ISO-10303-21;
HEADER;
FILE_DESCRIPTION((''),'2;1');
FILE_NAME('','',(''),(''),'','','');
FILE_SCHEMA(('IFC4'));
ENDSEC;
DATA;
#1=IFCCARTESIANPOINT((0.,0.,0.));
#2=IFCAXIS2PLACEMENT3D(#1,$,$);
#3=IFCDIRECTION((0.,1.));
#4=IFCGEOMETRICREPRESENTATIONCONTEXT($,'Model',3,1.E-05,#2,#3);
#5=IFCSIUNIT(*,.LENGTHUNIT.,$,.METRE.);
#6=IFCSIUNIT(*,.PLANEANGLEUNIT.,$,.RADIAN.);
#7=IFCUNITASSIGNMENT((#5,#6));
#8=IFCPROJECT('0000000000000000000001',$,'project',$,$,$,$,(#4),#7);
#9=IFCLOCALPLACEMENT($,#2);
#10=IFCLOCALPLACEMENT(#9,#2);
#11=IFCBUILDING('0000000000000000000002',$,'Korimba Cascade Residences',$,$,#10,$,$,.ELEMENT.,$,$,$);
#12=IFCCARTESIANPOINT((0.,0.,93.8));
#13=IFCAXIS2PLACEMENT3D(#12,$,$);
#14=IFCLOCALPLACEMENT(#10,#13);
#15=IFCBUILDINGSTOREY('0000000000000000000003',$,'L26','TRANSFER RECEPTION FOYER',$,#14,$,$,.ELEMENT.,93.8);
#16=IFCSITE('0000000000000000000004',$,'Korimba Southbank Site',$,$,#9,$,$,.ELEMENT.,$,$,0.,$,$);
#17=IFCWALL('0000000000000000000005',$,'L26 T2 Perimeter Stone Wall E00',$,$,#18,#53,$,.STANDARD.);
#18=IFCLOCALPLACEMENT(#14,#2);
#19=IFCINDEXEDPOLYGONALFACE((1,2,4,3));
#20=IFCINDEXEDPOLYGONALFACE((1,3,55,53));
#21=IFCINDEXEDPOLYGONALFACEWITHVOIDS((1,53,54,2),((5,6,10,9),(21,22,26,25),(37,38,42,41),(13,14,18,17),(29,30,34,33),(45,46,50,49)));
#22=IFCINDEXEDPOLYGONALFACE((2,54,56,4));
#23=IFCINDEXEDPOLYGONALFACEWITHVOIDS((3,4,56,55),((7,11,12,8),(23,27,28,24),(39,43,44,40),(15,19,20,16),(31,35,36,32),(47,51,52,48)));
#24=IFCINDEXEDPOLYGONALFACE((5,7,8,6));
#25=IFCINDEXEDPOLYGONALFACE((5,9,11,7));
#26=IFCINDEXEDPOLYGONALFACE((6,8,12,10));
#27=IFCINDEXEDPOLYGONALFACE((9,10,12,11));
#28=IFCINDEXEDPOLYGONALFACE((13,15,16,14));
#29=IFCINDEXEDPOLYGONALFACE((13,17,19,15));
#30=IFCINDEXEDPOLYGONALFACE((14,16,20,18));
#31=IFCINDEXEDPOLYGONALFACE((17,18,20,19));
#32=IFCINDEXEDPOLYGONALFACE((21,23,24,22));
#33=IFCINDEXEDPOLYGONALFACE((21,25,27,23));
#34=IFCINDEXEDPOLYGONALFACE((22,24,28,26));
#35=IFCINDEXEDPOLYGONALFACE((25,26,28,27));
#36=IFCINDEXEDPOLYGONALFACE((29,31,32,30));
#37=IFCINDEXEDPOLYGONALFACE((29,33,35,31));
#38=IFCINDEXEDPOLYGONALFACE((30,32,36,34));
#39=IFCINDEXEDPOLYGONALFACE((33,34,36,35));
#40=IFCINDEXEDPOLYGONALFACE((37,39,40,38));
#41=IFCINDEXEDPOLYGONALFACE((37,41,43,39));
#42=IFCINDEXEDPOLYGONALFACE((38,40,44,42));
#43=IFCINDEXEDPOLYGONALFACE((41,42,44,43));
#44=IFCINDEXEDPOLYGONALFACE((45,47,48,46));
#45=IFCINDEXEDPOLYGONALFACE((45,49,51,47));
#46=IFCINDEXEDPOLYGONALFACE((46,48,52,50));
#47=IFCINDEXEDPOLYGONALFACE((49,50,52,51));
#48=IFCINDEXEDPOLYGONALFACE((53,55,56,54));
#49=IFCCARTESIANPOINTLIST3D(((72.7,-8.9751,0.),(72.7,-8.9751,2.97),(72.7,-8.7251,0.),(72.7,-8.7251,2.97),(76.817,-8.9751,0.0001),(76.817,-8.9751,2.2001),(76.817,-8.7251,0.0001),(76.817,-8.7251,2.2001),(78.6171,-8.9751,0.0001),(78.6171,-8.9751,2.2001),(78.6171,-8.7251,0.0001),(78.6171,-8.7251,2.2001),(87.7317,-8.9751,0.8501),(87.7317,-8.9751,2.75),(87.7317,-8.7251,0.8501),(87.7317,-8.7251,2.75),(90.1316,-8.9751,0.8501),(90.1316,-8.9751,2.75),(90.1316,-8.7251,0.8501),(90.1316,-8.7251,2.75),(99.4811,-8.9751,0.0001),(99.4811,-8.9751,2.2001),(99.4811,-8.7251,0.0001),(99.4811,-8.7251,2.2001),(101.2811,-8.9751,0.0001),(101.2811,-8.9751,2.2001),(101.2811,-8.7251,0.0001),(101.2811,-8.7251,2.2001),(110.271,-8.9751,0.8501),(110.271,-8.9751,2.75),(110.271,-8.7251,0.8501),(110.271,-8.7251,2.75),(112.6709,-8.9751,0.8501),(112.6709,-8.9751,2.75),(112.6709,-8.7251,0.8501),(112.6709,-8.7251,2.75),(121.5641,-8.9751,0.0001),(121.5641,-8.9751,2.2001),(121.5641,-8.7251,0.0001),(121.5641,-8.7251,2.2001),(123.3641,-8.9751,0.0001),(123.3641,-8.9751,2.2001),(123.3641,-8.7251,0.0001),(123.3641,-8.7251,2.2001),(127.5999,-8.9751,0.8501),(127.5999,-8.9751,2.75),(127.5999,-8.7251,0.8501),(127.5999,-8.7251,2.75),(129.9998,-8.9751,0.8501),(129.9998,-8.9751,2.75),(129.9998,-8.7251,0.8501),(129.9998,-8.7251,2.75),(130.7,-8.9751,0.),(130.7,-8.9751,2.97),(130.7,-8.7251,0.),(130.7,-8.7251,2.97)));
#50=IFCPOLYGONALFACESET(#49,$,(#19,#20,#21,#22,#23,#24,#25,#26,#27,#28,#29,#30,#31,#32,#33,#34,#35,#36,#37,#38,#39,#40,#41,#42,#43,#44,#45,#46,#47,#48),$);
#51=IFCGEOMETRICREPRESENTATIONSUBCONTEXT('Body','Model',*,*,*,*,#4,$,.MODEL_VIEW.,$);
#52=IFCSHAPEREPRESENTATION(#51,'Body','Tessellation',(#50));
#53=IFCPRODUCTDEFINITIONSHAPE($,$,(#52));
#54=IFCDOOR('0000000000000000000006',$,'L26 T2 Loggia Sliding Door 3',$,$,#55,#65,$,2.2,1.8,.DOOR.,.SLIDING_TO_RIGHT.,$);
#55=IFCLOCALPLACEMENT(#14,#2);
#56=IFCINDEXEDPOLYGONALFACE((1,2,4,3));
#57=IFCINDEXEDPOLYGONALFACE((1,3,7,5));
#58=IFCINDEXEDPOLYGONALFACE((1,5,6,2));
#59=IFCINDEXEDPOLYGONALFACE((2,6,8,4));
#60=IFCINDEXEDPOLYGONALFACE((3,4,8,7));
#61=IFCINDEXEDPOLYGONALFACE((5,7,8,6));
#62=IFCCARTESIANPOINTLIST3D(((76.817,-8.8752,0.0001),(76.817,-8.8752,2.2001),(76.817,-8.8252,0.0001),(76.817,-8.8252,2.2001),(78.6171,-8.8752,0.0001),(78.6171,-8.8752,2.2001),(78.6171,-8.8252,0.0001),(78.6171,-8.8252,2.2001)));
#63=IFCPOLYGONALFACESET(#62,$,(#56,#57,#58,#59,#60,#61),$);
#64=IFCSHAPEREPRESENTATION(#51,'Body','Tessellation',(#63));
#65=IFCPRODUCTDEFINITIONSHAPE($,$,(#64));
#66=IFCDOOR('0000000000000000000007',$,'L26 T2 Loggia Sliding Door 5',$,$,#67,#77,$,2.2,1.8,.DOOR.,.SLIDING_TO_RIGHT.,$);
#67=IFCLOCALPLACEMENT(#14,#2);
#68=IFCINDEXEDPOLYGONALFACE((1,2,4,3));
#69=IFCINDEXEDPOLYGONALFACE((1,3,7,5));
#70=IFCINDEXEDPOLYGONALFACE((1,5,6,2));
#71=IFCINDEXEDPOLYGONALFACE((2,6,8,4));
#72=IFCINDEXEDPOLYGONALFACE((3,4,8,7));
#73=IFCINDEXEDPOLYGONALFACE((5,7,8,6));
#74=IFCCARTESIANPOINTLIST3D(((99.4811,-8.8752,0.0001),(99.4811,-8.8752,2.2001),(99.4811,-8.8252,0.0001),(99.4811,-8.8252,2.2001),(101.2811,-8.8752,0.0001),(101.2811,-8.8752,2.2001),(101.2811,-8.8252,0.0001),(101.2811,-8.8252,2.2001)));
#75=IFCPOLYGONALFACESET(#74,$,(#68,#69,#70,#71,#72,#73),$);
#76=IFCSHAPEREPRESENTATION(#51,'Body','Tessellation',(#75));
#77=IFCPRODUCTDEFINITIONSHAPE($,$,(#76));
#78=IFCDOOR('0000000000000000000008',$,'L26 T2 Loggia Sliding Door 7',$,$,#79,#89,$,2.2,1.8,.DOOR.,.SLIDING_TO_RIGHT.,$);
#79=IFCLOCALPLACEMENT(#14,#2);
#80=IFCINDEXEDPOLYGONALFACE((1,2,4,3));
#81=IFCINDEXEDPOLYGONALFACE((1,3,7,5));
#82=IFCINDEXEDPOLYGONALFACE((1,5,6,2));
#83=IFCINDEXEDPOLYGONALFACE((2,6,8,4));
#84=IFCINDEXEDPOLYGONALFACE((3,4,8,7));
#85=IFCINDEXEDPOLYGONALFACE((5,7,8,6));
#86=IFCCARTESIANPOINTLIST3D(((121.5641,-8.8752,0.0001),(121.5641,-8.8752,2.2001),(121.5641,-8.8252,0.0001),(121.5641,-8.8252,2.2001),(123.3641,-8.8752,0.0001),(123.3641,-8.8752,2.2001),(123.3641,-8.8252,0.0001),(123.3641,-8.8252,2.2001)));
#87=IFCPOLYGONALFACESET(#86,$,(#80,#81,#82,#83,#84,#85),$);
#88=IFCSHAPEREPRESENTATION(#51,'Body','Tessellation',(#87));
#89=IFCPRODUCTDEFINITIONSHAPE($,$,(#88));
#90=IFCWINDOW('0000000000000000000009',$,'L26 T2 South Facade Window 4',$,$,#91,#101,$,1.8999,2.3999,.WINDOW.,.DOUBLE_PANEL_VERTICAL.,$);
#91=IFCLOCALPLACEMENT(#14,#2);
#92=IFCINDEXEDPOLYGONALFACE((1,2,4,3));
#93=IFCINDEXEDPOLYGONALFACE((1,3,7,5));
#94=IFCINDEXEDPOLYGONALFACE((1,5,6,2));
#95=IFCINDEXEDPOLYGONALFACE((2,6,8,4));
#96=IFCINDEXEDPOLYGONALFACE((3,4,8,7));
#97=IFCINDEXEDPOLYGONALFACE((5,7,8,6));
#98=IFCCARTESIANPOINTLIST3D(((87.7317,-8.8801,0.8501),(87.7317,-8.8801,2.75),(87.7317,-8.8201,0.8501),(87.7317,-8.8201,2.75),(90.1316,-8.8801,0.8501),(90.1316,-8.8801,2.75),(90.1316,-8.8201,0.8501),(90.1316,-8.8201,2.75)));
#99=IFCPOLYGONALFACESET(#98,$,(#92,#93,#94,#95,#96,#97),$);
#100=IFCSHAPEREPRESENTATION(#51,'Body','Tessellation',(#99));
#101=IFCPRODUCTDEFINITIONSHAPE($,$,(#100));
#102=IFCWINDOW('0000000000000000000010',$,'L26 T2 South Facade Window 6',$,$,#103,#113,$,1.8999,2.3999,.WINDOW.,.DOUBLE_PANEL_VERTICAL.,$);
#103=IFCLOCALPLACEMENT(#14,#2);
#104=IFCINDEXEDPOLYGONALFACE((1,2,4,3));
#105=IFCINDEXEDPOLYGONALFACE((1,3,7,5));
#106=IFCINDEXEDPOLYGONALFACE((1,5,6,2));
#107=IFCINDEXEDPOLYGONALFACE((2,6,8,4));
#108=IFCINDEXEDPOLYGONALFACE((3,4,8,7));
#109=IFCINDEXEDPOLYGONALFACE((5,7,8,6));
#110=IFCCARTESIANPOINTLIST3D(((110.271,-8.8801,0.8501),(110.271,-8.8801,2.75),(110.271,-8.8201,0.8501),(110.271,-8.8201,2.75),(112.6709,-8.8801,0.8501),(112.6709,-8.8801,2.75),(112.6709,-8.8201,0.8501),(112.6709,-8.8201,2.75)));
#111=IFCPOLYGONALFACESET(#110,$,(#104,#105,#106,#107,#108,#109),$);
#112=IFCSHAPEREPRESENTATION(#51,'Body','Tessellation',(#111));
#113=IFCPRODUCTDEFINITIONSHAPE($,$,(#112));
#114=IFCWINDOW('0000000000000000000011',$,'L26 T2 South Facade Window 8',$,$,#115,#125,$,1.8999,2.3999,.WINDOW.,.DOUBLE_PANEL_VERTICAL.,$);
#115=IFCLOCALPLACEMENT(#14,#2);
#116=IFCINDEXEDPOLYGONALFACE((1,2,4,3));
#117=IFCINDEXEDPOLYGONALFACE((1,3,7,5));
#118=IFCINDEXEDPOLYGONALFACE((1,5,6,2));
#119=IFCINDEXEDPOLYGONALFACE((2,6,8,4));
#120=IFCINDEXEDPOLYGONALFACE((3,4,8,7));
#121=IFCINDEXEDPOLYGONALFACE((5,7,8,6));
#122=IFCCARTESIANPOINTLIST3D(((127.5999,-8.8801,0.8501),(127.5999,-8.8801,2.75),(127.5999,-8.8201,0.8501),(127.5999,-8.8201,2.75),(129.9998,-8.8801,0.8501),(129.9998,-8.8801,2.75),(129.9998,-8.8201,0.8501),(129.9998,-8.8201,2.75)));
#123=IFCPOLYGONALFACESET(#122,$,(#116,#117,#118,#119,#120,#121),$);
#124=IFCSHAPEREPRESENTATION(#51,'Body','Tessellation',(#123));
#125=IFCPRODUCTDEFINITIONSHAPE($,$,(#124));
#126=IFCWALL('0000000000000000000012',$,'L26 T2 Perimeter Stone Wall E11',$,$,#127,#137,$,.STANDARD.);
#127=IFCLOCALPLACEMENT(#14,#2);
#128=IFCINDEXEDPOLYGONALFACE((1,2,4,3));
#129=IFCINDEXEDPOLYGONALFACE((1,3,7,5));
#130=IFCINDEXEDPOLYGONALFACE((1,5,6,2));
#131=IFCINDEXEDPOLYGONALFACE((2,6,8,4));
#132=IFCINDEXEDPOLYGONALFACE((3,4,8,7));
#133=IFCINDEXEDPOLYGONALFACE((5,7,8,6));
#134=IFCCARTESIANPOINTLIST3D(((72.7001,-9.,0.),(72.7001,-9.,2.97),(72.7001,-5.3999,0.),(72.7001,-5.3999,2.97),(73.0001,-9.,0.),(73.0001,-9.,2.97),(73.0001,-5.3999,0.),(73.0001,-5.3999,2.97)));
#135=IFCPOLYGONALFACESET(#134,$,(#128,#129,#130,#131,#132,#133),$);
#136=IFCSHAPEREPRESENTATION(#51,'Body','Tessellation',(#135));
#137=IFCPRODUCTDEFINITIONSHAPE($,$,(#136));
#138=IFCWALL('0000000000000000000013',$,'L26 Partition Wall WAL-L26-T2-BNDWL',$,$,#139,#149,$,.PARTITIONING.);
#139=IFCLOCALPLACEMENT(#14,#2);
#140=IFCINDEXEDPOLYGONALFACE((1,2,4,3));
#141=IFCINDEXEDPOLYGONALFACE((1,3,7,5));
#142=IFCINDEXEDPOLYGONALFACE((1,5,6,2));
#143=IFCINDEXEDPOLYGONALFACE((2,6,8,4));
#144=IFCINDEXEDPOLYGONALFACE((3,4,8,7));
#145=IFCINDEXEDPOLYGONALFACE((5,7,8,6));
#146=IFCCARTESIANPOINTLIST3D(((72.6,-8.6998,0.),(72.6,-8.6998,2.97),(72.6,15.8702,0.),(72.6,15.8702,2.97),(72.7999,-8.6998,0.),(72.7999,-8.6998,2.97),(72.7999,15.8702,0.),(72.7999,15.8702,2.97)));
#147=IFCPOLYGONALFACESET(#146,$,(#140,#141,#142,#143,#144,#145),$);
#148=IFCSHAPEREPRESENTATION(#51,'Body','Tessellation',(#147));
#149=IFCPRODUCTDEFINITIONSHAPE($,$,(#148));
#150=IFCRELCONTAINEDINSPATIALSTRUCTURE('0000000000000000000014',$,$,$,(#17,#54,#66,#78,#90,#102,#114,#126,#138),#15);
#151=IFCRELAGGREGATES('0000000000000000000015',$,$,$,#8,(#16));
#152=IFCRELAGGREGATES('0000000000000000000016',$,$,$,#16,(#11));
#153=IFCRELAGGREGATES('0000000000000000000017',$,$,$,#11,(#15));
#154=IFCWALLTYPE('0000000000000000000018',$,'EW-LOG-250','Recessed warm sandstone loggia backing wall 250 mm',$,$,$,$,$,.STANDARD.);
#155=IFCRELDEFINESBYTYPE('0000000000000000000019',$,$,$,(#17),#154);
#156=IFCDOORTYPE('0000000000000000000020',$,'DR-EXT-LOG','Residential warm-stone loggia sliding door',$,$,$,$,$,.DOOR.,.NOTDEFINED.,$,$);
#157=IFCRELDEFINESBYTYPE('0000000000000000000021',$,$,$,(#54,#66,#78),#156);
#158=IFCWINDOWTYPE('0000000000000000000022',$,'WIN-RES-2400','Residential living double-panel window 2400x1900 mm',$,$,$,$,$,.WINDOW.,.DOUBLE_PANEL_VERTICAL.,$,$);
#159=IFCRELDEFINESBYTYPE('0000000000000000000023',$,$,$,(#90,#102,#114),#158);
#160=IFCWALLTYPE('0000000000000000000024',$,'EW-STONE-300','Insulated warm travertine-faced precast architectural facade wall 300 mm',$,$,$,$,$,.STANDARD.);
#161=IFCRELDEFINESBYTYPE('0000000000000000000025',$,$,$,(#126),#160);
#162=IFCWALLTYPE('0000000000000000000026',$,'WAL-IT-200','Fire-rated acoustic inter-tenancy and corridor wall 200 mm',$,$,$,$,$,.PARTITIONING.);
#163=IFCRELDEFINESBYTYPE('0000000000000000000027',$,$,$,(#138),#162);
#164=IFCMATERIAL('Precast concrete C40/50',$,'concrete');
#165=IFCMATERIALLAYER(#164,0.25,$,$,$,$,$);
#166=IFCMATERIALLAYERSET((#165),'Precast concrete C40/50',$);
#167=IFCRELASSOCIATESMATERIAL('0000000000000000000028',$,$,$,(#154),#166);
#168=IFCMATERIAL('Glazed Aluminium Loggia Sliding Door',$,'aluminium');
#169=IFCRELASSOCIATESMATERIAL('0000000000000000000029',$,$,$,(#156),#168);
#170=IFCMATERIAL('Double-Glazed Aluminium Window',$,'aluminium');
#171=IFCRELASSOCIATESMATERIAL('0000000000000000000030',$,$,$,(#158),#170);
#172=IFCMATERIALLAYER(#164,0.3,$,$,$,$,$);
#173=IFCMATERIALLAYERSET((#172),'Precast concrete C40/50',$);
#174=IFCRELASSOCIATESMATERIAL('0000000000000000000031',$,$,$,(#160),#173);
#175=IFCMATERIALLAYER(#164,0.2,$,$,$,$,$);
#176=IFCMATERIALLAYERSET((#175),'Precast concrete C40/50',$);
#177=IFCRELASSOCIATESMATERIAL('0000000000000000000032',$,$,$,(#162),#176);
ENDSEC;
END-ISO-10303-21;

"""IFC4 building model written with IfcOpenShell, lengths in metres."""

from ifc_helpers import new_model, si_unit, direction, frame, frame_2d, origin, place, context, subcontext, project, spatial, rectangle, extrude, material, layer, layer_set, type_object, element, fill, save


model = new_model("IFC4")

# Units and contexts
model_context = context("Model", 3, precision=1e-05, world=origin(), true_north=direction((0.0, 1.0)))
body_context = subcontext(model_context, "Body", "Model", "MODEL_VIEW")
ifc_project = project(units=[si_unit("LENGTHUNIT", "METRE"), si_unit("PLANEANGLEUNIT", "RADIAN")], contexts=[model_context])

# Site, building, storey
site_placement = place(None, origin())
site = spatial("IfcSite", under=ifc_project, at=site_placement, Name="Korimba Southbank Site", CompositionType="ELEMENT", RefElevation=0.0)
building_placement = place(site_placement, origin())
building = spatial("IfcBuilding", under=site, at=building_placement, Name="Korimba Cascade Residences", CompositionType="ELEMENT")
storey_placement = place(building_placement, frame((0.0, 0.0, 93.8)))
storey = spatial("IfcBuildingStorey", under=building, at=storey_placement, Name="L26", Description="TRANSFER RECEPTION FOYER", CompositionType="ELEMENT", Elevation=93.8)

# Wall, openings, doors, windows
ifc_material_1 = material(Name="Precast concrete C40/50", Category="concrete")
ifc_layer_1 = layer(ifc_material_1, 0.25)
ifc_layer_set_1 = layer_set([ifc_layer_1], Name="Precast concrete C40/50")
wall_type_1 = type_object("IfcWallType", Name="EW-LOG-250", Description="Recessed warm sandstone loggia backing wall 250 mm", PredefinedType="STANDARD", material=ifc_layer_set_1)
wall_1_placement = place(storey_placement, frame((72.7, -8.8501, 0.0), z_axis=(0.0, 0.0, 1.0), x_axis=(1.0, 0.0, 0.0)))
wall_1 = element("IfcWall", 1, at=wall_1_placement, inside=storey, type_object=wall_type_1, Name="L26 T2 Perimeter Stone Wall E00", PredefinedType="STANDARD", context=body_context, shape_type="SweptSolid", body=[
    extrude(rectangle(XDim=58.0, YDim=0.25, at=frame_2d((29.0, 0.0))), origin(), (0.0, 0.0, 1.0), 2.97),
])
opening_1_placement = place(wall_1_placement, frame((4.1172, 0.0, 0.0)))
opening_1 = element("IfcOpeningElement", 2, at=opening_1_placement, cuts=wall_1, PredefinedType="OPENING", context=body_context, shape_type="SweptSolid", body=[
    extrude(rectangle(XDim=1.8, YDim=2.2, at=frame_2d((0.8999, 1.1001))), frame((0.0, 0.135, 0.0), z_axis=(0.0, -1.0, 0.0), x_axis=(1.0, 0.0, 0.0)), (0.0, 0.0, 1.0), 0.27),
])
opening_2_placement = place(wall_1_placement, frame((15.0317, 0.0, 0.8501)))
opening_2 = element("IfcOpeningElement", 3, at=opening_2_placement, cuts=wall_1, PredefinedType="OPENING", context=body_context, shape_type="SweptSolid", body=[
    extrude(rectangle(XDim=2.3999, YDim=1.8999, at=frame_2d((1.2, 0.95))), frame((0.0, 0.135, 0.0), z_axis=(0.0, -1.0, 0.0), x_axis=(1.0, 0.0, 0.0)), (0.0, 0.0, 1.0), 0.27),
])
opening_3_placement = place(wall_1_placement, frame((26.7812, 0.0, 0.0)))
opening_3 = element("IfcOpeningElement", 4, at=opening_3_placement, cuts=wall_1, PredefinedType="OPENING", context=body_context, shape_type="SweptSolid", body=[
    extrude(rectangle(XDim=1.8, YDim=2.2, at=frame_2d((0.8999, 1.1001))), frame((0.0, 0.135, 0.0), z_axis=(0.0, -1.0, 0.0), x_axis=(1.0, 0.0, 0.0)), (0.0, 0.0, 1.0), 0.27),
])
opening_4_placement = place(wall_1_placement, frame((37.571, 0.0, 0.8501)))
opening_4 = element("IfcOpeningElement", 5, at=opening_4_placement, cuts=wall_1, PredefinedType="OPENING", context=body_context, shape_type="SweptSolid", body=[
    extrude(rectangle(XDim=2.3999, YDim=1.8999, at=frame_2d((1.2, 0.95))), frame((0.0, 0.135, 0.0), z_axis=(0.0, -1.0, 0.0), x_axis=(1.0, 0.0, 0.0)), (0.0, 0.0, 1.0), 0.27),
])
opening_5_placement = place(wall_1_placement, frame((48.8643, 0.0, 0.0)))
opening_5 = element("IfcOpeningElement", 6, at=opening_5_placement, cuts=wall_1, PredefinedType="OPENING", context=body_context, shape_type="SweptSolid", body=[
    extrude(rectangle(XDim=1.8, YDim=2.2, at=frame_2d((0.8999, 1.1001))), frame((0.0, 0.135, 0.0), z_axis=(0.0, -1.0, 0.0), x_axis=(1.0, 0.0, 0.0)), (0.0, 0.0, 1.0), 0.27),
])
opening_6_placement = place(wall_1_placement, frame((54.8999, 0.0, 0.8501)))
opening_6 = element("IfcOpeningElement", 7, at=opening_6_placement, cuts=wall_1, PredefinedType="OPENING", context=body_context, shape_type="SweptSolid", body=[
    extrude(rectangle(XDim=2.3999, YDim=1.8999, at=frame_2d((1.2, 0.95))), frame((0.0, 0.135, 0.0), z_axis=(0.0, -1.0, 0.0), x_axis=(1.0, 0.0, 0.0)), (0.0, 0.0, 1.0), 0.27),
])
ifc_material_2 = material(Name="Glazed Aluminium Loggia Sliding Door", Category="aluminium")
door_type_1 = type_object("IfcDoorType", Name="DR-EXT-LOG", Description="Residential warm-stone loggia sliding door", OperationType="NOTDEFINED", PredefinedType="DOOR", material=ifc_material_2)
door_1_placement = place(opening_1_placement, origin())
door_1 = element("IfcDoor", 8, at=door_1_placement, inside=storey, type_object=door_type_1, Name="L26 T2 Loggia Sliding Door 3", OperationType="SLIDING_TO_RIGHT", OverallHeight=2.2, OverallWidth=1.8, PredefinedType="DOOR", context=body_context, shape_type="SweptSolid", body=[
    extrude(rectangle(XDim=1.8, YDim=2.2, at=frame_2d((0.8999, 1.1001))), frame((0.0, 0.0249, 0.0), z_axis=(0.0, -1.0, 0.0), x_axis=(1.0, 0.0, 0.0)), (0.0, 0.0, 1.0), 0.05),
])
fill(opening_1, door_1)
door_2_placement = place(opening_3_placement, origin())
door_2 = element("IfcDoor", 9, at=door_2_placement, inside=storey, type_object=door_type_1, Name="L26 T2 Loggia Sliding Door 5", OperationType="SLIDING_TO_RIGHT", OverallHeight=2.2, OverallWidth=1.8, PredefinedType="DOOR", context=body_context, shape_type="SweptSolid", body=[
    extrude(rectangle(XDim=1.8, YDim=2.2, at=frame_2d((0.8999, 1.1001))), frame((0.0, 0.0249, 0.0), z_axis=(0.0, -1.0, 0.0), x_axis=(1.0, 0.0, 0.0)), (0.0, 0.0, 1.0), 0.05),
])
fill(opening_3, door_2)
door_3_placement = place(opening_5_placement, origin())
door_3 = element("IfcDoor", 10, at=door_3_placement, inside=storey, type_object=door_type_1, Name="L26 T2 Loggia Sliding Door 7", OperationType="SLIDING_TO_RIGHT", OverallHeight=2.2, OverallWidth=1.8, PredefinedType="DOOR", context=body_context, shape_type="SweptSolid", body=[
    extrude(rectangle(XDim=1.8, YDim=2.2, at=frame_2d((0.8999, 1.1001))), frame((0.0, 0.0249, 0.0), z_axis=(0.0, -1.0, 0.0), x_axis=(1.0, 0.0, 0.0)), (0.0, 0.0, 1.0), 0.05),
])
fill(opening_5, door_3)
ifc_material_3 = material(Name="Double-Glazed Aluminium Window", Category="aluminium")
window_type = type_object("IfcWindowType", Name="WIN-RES-2400", Description="Residential living double-panel window 2400x1900 mm", PartitioningType="DOUBLE_PANEL_VERTICAL", PredefinedType="WINDOW", material=ifc_material_3)
window_1_placement = place(opening_2_placement, origin())
window_1 = element("IfcWindow", 11, at=window_1_placement, inside=storey, type_object=window_type, Name="L26 T2 South Facade Window 4", OverallHeight=1.8999, OverallWidth=2.3999, PartitioningType="DOUBLE_PANEL_VERTICAL", PredefinedType="WINDOW", context=body_context, shape_type="SweptSolid", body=[
    extrude(rectangle(XDim=2.3999, YDim=1.8999, at=frame_2d((1.2, 0.95))), frame((0.0, 0.03, 0.0), z_axis=(0.0, -1.0, 0.0), x_axis=(1.0, 0.0, 0.0)), (0.0, 0.0, 1.0), 0.0601),
])
fill(opening_2, window_1)
window_2_placement = place(opening_4_placement, origin())
window_2 = element("IfcWindow", 12, at=window_2_placement, inside=storey, type_object=window_type, Name="L26 T2 South Facade Window 6", OverallHeight=1.8999, OverallWidth=2.3999, PartitioningType="DOUBLE_PANEL_VERTICAL", PredefinedType="WINDOW", context=body_context, shape_type="SweptSolid", body=[
    extrude(rectangle(XDim=2.3999, YDim=1.8999, at=frame_2d((1.2, 0.95))), frame((0.0, 0.03, 0.0), z_axis=(0.0, -1.0, 0.0), x_axis=(1.0, 0.0, 0.0)), (0.0, 0.0, 1.0), 0.0601),
])
fill(opening_4, window_2)
window_3_placement = place(opening_6_placement, origin())
window_3 = element("IfcWindow", 13, at=window_3_placement, inside=storey, type_object=window_type, Name="L26 T2 South Facade Window 8", OverallHeight=1.8999, OverallWidth=2.3999, PartitioningType="DOUBLE_PANEL_VERTICAL", PredefinedType="WINDOW", context=body_context, shape_type="SweptSolid", body=[
    extrude(rectangle(XDim=2.3999, YDim=1.8999, at=frame_2d((1.2, 0.95))), frame((0.0, 0.03, 0.0), z_axis=(0.0, -1.0, 0.0), x_axis=(1.0, 0.0, 0.0)), (0.0, 0.0, 1.0), 0.0601),
])
fill(opening_6, window_3)

# Walls
ifc_layer_2 = layer(ifc_material_1, 0.3)
ifc_layer_set_2 = layer_set([ifc_layer_2], Name="Precast concrete C40/50")
wall_type_2 = type_object("IfcWallType", Name="EW-STONE-300", Description="Insulated warm travertine-faced precast architectural facade wall 300 mm", PredefinedType="STANDARD", material=ifc_layer_set_2)
wall_2_placement = place(storey_placement, frame((72.8501, -5.3999, 0.0), z_axis=(0.0, 0.0, 1.0), x_axis=(0.0, -1.0, 0.0)))
element("IfcWall", 14, at=wall_2_placement, inside=storey, type_object=wall_type_2, Name="L26 T2 Perimeter Stone Wall E11", PredefinedType="STANDARD", context=body_context, shape_type="SweptSolid", body=[
    extrude(rectangle(XDim=3.6001, YDim=0.3, at=frame_2d((1.8, 0.0))), origin(), (0.0, 0.0, 1.0), 2.97),
])
ifc_layer_3 = layer(ifc_material_1, 0.2)
ifc_layer_set_3 = layer_set([ifc_layer_3], Name="Precast concrete C40/50")
wall_type_3 = type_object("IfcWallType", Name="WAL-IT-200", Description="Fire-rated acoustic inter-tenancy and corridor wall 200 mm", PredefinedType="PARTITIONING", material=ifc_layer_set_3)
wall_3_placement = place(storey_placement, frame((72.7, -8.7, 0.0), z_axis=(0.0, 0.0, 1.0), x_axis=(0.0, 1.0, 0.0)))
element("IfcWall", 15, at=wall_3_placement, inside=storey, type_object=wall_type_3, Name="L26 Partition Wall WAL-L26-T2-BNDWL", PredefinedType="PARTITIONING", context=body_context, shape_type="SweptSolid", body=[
    extrude(rectangle(XDim=24.5701, YDim=0.2, at=frame_2d((12.2852, 0.0))), origin(), (0.0, 0.0, 1.0), 2.97),
])

save(model, "model.ifc")
